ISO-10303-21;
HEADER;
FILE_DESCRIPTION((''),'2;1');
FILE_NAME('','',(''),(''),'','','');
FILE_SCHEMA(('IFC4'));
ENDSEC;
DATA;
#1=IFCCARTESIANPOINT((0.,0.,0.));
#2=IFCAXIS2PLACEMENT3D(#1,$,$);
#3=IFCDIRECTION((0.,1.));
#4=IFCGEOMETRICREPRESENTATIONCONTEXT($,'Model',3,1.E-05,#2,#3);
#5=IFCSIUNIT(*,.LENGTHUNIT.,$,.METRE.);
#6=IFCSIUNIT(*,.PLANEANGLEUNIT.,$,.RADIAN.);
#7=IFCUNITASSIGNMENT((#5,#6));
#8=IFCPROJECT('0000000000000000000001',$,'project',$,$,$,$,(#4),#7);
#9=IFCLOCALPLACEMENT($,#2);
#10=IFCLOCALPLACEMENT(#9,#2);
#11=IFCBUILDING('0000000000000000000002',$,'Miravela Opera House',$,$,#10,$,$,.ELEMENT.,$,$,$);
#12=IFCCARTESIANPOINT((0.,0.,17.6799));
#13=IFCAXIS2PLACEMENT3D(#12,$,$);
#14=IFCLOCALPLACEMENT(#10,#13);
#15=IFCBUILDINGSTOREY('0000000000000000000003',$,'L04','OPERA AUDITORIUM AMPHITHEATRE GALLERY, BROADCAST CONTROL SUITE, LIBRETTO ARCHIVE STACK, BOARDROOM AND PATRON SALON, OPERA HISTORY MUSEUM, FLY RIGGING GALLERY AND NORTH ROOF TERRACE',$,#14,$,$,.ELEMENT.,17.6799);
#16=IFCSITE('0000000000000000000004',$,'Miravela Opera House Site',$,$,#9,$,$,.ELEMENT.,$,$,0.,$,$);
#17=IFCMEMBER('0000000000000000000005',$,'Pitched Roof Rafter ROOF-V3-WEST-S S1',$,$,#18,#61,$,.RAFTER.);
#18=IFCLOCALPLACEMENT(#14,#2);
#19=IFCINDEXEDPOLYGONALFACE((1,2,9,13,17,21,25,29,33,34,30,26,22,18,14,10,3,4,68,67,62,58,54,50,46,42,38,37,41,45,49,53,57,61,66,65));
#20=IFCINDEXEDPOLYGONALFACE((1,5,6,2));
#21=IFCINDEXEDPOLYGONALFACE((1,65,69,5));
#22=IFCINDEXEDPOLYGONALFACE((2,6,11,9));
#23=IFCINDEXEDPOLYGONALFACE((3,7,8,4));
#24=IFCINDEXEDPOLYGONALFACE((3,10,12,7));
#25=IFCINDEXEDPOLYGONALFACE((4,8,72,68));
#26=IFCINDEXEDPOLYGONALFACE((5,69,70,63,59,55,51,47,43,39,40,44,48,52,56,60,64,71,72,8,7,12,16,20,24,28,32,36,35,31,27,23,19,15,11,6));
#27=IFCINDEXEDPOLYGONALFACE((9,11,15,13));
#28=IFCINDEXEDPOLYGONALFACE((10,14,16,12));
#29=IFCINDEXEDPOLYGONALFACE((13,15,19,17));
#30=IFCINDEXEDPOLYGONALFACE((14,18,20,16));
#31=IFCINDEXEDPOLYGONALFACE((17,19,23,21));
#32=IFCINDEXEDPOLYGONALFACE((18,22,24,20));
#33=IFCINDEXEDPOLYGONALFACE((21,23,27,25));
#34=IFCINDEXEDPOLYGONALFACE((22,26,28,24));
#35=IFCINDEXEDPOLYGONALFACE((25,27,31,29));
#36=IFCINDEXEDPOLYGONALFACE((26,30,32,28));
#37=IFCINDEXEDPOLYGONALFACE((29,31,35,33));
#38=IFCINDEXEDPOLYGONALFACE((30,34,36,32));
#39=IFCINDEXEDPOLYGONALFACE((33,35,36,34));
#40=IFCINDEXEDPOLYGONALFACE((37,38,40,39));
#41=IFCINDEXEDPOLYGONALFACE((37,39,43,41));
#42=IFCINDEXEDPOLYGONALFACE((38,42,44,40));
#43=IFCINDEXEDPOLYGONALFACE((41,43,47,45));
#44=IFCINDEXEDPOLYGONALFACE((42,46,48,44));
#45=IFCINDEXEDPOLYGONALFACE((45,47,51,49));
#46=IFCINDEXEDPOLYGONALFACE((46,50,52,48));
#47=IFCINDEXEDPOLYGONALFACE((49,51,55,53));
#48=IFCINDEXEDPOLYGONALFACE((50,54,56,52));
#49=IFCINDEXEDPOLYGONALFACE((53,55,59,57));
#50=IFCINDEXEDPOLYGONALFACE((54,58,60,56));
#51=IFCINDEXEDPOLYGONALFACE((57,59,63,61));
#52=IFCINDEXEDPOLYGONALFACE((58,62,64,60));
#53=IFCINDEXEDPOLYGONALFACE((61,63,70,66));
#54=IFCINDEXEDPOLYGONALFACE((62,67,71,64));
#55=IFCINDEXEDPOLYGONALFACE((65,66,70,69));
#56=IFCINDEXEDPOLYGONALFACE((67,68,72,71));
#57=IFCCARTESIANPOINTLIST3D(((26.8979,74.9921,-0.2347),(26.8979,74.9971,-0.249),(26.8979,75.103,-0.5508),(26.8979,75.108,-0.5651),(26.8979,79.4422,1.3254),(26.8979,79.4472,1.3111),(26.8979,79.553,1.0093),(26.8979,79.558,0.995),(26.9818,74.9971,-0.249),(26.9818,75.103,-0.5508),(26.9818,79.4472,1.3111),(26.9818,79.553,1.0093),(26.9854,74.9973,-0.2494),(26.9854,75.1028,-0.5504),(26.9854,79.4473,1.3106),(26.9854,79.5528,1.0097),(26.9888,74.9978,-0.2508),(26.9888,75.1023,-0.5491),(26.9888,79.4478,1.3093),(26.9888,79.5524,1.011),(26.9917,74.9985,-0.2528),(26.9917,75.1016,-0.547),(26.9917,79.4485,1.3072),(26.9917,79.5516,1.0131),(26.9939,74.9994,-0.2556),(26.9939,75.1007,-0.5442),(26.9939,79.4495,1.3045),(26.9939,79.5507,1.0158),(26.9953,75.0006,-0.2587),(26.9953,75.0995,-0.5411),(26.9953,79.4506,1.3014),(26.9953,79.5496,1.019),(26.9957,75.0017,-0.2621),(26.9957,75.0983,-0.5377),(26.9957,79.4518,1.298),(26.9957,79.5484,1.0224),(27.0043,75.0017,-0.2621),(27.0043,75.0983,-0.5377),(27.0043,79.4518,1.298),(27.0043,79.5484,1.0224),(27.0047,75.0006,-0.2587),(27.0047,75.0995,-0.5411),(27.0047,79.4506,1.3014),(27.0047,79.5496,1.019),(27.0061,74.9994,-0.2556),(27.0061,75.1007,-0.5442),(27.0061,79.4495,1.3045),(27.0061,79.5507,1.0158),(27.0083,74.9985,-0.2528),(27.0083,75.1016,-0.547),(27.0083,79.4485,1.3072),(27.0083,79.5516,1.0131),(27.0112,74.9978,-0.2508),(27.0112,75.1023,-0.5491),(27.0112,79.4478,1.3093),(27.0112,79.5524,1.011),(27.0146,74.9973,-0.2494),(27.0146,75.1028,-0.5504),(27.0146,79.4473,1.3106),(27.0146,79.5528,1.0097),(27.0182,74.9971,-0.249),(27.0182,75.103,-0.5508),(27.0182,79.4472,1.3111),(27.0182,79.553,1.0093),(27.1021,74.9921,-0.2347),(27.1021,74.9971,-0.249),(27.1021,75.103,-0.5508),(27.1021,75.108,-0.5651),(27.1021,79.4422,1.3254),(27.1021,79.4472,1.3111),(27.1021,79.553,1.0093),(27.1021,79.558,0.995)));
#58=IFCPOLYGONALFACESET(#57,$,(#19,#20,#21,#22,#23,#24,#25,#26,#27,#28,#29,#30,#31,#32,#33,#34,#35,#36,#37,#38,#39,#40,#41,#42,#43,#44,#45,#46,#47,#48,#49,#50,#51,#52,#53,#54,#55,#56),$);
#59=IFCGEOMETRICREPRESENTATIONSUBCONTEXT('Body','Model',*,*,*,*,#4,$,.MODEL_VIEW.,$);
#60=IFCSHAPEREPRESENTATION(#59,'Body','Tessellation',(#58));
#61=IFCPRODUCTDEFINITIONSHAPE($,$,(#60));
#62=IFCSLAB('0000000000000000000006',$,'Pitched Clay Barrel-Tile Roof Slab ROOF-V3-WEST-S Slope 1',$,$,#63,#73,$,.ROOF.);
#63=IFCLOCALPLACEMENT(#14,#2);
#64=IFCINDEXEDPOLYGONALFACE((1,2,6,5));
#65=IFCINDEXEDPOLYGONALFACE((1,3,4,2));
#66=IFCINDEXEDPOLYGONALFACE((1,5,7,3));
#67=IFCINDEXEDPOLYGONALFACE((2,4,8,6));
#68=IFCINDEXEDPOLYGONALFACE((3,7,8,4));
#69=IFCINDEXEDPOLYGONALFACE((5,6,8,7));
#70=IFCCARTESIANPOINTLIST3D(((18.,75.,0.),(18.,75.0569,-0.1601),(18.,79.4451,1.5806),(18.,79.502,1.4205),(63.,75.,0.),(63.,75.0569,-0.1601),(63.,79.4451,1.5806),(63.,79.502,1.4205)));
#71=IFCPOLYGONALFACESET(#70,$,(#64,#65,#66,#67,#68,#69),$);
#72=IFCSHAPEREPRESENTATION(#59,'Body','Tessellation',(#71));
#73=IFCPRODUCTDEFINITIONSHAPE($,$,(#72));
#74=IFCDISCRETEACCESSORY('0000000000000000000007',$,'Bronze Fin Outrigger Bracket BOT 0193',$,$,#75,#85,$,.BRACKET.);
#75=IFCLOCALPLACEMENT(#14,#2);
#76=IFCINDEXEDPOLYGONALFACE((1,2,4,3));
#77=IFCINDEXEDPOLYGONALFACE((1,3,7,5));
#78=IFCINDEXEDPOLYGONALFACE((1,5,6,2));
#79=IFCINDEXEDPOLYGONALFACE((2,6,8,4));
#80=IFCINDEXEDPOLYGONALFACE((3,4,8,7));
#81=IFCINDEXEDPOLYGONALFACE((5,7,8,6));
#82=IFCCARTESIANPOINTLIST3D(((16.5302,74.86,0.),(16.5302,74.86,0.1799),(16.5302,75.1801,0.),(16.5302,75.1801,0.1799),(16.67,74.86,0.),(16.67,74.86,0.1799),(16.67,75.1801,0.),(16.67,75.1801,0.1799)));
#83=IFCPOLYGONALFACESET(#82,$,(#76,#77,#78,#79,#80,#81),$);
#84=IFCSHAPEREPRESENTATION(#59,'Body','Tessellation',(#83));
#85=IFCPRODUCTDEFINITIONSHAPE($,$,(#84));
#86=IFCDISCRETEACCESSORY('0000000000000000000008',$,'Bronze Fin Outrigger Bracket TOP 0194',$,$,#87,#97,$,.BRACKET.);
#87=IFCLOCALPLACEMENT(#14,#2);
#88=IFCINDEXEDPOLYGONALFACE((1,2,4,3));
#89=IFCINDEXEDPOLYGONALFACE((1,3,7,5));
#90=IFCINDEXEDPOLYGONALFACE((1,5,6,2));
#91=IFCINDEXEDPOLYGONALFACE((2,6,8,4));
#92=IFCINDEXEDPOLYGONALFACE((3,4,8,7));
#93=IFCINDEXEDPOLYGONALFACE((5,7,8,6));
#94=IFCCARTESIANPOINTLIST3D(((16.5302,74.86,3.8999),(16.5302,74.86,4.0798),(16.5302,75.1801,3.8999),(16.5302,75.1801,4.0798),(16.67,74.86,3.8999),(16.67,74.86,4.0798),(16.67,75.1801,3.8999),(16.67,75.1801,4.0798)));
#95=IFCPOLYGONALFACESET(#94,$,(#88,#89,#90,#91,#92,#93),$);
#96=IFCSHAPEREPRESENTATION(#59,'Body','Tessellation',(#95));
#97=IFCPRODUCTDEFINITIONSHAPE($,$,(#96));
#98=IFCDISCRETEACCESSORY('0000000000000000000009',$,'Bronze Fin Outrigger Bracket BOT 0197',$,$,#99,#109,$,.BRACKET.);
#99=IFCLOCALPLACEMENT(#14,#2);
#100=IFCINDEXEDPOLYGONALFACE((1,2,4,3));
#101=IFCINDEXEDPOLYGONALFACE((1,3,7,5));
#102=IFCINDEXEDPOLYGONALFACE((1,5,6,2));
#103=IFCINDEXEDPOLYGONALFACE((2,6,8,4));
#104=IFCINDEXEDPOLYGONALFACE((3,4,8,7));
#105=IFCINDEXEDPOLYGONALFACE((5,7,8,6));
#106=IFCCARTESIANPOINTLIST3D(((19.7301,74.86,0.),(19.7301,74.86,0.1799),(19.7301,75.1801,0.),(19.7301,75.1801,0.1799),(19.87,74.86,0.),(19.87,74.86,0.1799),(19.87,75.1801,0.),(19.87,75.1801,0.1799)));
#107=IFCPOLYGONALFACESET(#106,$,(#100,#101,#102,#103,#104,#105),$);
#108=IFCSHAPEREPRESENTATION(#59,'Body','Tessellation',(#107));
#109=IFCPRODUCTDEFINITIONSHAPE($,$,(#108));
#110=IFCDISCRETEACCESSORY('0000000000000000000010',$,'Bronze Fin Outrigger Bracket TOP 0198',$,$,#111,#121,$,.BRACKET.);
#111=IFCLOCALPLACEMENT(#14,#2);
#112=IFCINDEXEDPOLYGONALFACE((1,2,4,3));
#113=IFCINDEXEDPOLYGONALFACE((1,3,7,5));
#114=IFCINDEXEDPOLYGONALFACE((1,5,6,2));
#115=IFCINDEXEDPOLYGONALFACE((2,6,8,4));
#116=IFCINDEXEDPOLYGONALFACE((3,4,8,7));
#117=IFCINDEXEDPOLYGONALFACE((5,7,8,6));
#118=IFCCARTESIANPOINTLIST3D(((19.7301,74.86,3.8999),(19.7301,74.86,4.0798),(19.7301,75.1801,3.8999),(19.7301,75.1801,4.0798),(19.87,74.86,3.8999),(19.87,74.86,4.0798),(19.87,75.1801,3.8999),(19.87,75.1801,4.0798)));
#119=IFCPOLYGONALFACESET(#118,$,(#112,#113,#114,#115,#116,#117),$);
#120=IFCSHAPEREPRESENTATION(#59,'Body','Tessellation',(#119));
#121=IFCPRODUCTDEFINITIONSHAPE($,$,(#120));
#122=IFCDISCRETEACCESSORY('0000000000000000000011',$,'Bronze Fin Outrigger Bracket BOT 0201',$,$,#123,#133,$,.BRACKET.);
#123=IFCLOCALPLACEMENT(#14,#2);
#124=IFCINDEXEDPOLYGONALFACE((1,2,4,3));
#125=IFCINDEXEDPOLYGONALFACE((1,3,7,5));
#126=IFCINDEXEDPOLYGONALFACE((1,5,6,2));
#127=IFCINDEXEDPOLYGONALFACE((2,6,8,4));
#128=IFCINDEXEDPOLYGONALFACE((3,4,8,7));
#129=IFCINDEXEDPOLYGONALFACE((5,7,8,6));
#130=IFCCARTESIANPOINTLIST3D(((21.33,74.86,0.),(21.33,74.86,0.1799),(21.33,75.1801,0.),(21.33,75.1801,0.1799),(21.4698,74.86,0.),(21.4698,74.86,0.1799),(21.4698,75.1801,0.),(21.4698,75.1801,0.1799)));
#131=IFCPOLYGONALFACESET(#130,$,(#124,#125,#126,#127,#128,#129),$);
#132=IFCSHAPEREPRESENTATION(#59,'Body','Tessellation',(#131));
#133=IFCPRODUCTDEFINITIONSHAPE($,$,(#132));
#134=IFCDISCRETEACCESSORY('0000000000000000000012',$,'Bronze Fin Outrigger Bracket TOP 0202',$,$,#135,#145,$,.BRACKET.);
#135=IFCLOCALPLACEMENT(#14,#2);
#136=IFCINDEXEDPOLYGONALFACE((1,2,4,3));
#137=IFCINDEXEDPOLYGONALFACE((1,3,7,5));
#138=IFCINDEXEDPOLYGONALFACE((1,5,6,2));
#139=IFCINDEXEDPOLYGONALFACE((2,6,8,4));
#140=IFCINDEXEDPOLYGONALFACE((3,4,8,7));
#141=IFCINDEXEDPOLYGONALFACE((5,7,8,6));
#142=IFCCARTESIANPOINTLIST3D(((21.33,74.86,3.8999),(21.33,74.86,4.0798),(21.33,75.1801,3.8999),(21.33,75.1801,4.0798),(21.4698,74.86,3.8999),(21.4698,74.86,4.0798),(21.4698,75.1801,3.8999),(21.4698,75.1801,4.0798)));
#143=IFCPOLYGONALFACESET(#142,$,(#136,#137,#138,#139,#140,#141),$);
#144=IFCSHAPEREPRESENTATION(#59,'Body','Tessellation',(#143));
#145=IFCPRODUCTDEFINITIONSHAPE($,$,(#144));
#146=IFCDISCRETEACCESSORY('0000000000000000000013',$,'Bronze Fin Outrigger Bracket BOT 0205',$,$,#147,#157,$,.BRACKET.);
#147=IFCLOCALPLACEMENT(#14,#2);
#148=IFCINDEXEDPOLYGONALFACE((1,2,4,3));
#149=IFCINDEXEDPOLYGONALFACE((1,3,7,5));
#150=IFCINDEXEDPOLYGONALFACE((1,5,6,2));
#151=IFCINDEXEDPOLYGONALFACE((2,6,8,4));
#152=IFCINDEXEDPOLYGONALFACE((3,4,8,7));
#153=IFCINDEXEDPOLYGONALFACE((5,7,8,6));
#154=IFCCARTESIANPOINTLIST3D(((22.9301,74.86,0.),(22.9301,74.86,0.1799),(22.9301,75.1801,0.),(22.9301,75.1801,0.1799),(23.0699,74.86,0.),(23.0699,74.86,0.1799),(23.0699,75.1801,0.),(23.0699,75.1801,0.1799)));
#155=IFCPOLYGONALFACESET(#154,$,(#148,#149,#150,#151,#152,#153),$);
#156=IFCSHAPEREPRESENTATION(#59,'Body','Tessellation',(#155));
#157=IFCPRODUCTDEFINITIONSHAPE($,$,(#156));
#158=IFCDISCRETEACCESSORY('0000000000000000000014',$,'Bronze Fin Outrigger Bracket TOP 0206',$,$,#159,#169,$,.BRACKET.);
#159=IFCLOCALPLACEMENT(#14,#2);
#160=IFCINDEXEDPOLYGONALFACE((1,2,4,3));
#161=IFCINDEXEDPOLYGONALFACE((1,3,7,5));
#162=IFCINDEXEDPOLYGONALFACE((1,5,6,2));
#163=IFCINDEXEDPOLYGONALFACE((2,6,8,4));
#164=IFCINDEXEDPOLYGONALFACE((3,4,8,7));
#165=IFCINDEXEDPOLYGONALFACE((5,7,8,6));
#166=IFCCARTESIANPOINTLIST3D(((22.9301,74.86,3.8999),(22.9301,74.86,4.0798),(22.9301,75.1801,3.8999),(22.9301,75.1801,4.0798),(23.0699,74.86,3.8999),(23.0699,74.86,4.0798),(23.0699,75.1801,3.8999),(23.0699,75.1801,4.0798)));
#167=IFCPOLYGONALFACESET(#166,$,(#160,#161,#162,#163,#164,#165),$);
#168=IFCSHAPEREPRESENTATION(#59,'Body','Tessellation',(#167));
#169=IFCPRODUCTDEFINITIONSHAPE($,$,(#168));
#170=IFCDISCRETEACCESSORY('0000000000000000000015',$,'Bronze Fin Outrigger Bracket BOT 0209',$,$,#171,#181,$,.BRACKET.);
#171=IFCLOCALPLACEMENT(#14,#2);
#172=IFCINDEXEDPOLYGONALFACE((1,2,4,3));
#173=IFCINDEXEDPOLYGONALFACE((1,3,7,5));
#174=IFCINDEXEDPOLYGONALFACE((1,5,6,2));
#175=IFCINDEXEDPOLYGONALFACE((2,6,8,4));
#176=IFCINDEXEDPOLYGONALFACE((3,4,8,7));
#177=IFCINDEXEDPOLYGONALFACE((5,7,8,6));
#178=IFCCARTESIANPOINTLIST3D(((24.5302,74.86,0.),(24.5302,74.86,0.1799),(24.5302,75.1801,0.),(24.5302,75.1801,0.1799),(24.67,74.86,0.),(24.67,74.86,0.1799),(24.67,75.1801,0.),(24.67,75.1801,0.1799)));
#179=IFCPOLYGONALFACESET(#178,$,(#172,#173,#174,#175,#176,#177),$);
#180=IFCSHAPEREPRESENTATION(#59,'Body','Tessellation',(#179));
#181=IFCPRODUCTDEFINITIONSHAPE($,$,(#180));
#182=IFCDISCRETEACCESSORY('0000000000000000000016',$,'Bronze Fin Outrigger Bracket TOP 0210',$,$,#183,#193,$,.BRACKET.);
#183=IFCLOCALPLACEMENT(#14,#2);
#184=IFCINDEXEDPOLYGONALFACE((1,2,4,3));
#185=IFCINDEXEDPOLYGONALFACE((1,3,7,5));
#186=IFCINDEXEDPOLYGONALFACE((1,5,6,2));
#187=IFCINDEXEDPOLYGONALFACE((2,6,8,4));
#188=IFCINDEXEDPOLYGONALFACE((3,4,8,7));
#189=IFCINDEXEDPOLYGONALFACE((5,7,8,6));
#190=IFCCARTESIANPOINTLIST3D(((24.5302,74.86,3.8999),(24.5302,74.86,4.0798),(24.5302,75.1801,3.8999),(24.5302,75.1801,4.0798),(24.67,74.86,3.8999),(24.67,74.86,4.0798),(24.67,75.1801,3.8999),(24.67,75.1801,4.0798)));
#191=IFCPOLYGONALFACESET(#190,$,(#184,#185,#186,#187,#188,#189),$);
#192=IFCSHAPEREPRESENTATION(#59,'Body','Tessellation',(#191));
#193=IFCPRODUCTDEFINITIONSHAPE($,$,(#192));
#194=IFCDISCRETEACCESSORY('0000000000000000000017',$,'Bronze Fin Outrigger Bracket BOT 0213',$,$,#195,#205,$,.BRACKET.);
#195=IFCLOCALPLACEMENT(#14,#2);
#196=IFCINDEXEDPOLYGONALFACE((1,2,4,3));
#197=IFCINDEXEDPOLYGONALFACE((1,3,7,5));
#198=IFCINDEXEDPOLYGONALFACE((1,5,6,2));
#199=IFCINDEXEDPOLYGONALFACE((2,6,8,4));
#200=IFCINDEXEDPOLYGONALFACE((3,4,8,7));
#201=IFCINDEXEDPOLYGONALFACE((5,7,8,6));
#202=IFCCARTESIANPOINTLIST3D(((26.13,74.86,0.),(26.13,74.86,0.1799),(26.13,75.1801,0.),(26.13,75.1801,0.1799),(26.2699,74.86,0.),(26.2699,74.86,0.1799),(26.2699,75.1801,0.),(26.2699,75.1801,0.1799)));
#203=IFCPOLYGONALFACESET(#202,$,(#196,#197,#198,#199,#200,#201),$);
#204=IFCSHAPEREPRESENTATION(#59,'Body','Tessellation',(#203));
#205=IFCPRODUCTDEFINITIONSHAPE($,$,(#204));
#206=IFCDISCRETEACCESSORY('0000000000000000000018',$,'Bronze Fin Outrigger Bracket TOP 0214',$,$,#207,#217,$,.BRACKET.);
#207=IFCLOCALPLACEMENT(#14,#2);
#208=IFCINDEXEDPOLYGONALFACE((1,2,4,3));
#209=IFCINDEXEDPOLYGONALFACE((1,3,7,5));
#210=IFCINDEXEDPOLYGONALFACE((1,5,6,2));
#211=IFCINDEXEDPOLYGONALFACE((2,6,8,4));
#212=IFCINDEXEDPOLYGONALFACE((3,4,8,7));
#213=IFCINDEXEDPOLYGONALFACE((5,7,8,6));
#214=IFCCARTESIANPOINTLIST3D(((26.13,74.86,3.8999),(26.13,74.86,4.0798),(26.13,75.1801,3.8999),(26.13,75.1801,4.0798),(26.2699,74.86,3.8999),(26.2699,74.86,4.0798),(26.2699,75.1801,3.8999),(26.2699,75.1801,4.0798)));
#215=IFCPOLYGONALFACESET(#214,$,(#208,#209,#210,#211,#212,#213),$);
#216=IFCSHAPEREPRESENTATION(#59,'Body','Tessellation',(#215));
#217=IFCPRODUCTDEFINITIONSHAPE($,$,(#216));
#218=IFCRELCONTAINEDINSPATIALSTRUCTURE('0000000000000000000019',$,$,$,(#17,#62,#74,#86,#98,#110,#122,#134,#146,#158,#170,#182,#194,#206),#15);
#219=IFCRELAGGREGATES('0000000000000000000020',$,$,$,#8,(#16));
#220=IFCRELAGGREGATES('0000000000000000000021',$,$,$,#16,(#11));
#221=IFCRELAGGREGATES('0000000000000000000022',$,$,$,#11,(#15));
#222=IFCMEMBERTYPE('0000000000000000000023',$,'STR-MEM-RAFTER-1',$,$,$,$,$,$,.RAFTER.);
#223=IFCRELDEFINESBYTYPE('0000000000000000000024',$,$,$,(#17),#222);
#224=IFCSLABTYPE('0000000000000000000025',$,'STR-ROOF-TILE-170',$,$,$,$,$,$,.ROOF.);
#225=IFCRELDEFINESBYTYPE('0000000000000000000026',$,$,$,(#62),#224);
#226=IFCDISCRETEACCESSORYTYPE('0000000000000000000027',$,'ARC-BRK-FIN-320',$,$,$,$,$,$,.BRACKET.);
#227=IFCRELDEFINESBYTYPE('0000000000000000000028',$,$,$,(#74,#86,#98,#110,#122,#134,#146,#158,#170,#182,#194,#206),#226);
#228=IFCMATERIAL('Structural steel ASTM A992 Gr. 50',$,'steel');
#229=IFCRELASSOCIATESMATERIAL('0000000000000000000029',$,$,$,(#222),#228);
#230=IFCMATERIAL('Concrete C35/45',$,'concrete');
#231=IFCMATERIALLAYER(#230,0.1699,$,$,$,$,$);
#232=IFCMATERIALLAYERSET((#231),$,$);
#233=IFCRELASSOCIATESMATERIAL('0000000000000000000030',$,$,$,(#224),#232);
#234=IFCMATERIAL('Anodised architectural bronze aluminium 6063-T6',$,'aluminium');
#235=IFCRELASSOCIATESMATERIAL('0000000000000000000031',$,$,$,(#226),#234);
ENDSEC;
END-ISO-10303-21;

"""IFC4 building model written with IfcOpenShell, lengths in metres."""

from ifc_helpers import new_model, si_unit, direction, frame, origin, origin_2d, place, context, subcontext, project, spatial, polyline, rectangle, i_section, outline, extrude, material, layer, layer_set, material_profile, profile_set, type_object, element, save


model = new_model("IFC4")

# Units and contexts
model_context = context("Model", 3, precision=1e-05, world=origin(), true_north=direction((0.0, 1.0)))
body_context = subcontext(model_context, "Body", "Model", "MODEL_VIEW")
ifc_project = project(units=[si_unit("LENGTHUNIT", "METRE"), si_unit("PLANEANGLEUNIT", "RADIAN")], contexts=[model_context])

# Site, building, storey
site_placement = place(None, origin())
site = spatial("IfcSite", under=ifc_project, at=site_placement, Name="Miravela Opera House Site", CompositionType="ELEMENT", RefElevation=0.0)
building_placement = place(site_placement, origin())
building = spatial("IfcBuilding", under=site, at=building_placement, Name="Miravela Opera House", CompositionType="ELEMENT")
storey_placement = place(building_placement, frame((0.0, 0.0, 17.6799)))
storey = spatial("IfcBuildingStorey", under=building, at=storey_placement, Name="L04", Description="OPERA AUDITORIUM AMPHITHEATRE GALLERY, BROADCAST CONTROL SUITE, LIBRETTO ARCHIVE STACK, BOARDROOM AND PATRON SALON, OPERA HISTORY MUSEUM, FLY RIGGING GALLERY AND NORTH ROOF TERRACE", CompositionType="ELEMENT", Elevation=17.6799)

# Shared definitions
ifc_material_1 = material(Name="Concrete C35/45", Category="concrete")

# Shared definitions
ifc_material_2 = material(Name="Anodised architectural bronze aluminium 6063-T6", Category="aluminium")

# Shared definitions
ifc_material_3 = material(Name="Structural steel ASTM A992 Gr. 50", Category="steel")

# Member
ifc_material_profile_1 = material_profile(ifc_material_3, i_section(OverallWidth=0.2041, OverallDepth=0.3501, WebThickness=0.0085, FlangeThickness=0.0151, FilletRadius=0.0139, at=origin_2d()), Name="W360X72")
ifc_profile_set_1 = profile_set([ifc_material_profile_1])
member_type_1 = type_object("IfcMemberType", Name="STR-MEM-RAFTER-1", PredefinedType="RAFTER", material=ifc_profile_set_1)
for number, where, z_axis, x_axis, name in (
    (1, (27.0, 75.05, -0.3999), (0.0, 0.943688, 0.330837), (-1.0, 0.0, 0.0), "Pitched Roof Rafter ROOF-V3-WEST-S S1"),
):
    element("IfcMember", number, at=place(storey_placement, frame(where, z_axis=z_axis, x_axis=x_axis)), inside=storey, type_object=member_type_1, Name=name, PredefinedType="RAFTER", context=body_context, shape_type="SweptSolid", body=[
        extrude(i_section(OverallWidth=0.2041, OverallDepth=0.3501, WebThickness=0.0085, FlangeThickness=0.0151, FilletRadius=0.0139, at=origin_2d()), origin(), (0.0, 0.0, 1.0), 4.7156),
    ])

# Slab
ifc_layer = layer(ifc_material_1, 0.1699)
ifc_layer_set = layer_set([ifc_layer])
slab_type = type_object("IfcSlabType", Name="STR-ROOF-TILE-170", PredefinedType="ROOF", material=ifc_layer_set)
slab_placement = place(storey_placement, frame((18.0, 75.0, 0.0), z_axis=(0.0, -0.335028, 0.942208), x_axis=(1.0, 0.0, 0.0)))
element("IfcSlab", 2, at=slab_placement, inside=storey, type_object=slab_type, Name="Pitched Clay Barrel-Tile Roof Slab ROOF-V3-WEST-S Slope 1", PredefinedType="ROOF", context=body_context, shape_type="SweptSolid", body=[
    extrude(outline(polyline([(0.0, 0.0), (45.0, 0.0), (45.0, 4.7177), (0.0, 4.7177), (0.0, 0.0)])), origin(), (0.0, 0.0, -1.0), 0.1699),
])

# Discrete accessories
discrete_accessory_type = type_object("IfcDiscreteAccessoryType", Name="ARC-BRK-FIN-320", PredefinedType="BRACKET", material=ifc_material_2)
for number, where, z_axis, x_axis, name in (
    (3, (16.6001, 75.02, 0.0), (0.0, 0.0, 1.0), (0.0, 1.0, 0.0), "Bronze Fin Outrigger Bracket BOT 0193"),
    (4, (16.6001, 75.02, 3.8999), (0.0, 0.0, 1.0), (0.0, 1.0, 0.0), "Bronze Fin Outrigger Bracket TOP 0194"),
    (5, (19.8, 75.02, 0.0), (0.0, 0.0, 1.0), (0.0, 1.0, 0.0), "Bronze Fin Outrigger Bracket BOT 0197"),
    (6, (19.8, 75.02, 3.8999), (0.0, 0.0, 1.0), (0.0, 1.0, 0.0), "Bronze Fin Outrigger Bracket TOP 0198"),
    (7, (21.3999, 75.02, 0.0), (0.0, 0.0, 1.0), (0.0, 1.0, 0.0), "Bronze Fin Outrigger Bracket BOT 0201"),
    (8, (21.3999, 75.02, 3.8999), (0.0, 0.0, 1.0), (0.0, 1.0, 0.0), "Bronze Fin Outrigger Bracket TOP 0202"),
    (9, (23.0, 75.02, 0.0), (0.0, 0.0, 1.0), (0.0, 1.0, 0.0), "Bronze Fin Outrigger Bracket BOT 0205"),
    (10, (23.0, 75.02, 3.8999), (0.0, 0.0, 1.0), (0.0, 1.0, 0.0), "Bronze Fin Outrigger Bracket TOP 0206"),
    (11, (24.6001, 75.02, 0.0), (0.0, 0.0, 1.0), (0.0, 1.0, 0.0), "Bronze Fin Outrigger Bracket BOT 0209"),
    (12, (24.6001, 75.02, 3.8999), (0.0, 0.0, 1.0), (0.0, 1.0, 0.0), "Bronze Fin Outrigger Bracket TOP 0210"),
    (13, (26.2, 75.02, 0.0), (0.0, 0.0, 1.0), (0.0, 1.0, 0.0), "Bronze Fin Outrigger Bracket BOT 0213"),
    (14, (26.2, 75.02, 3.8999), (0.0, 0.0, 1.0), (0.0, 1.0, 0.0), "Bronze Fin Outrigger Bracket TOP 0214"),
):
    element("IfcDiscreteAccessory", number, at=place(storey_placement, frame(where, z_axis=z_axis, x_axis=x_axis)), inside=storey, type_object=discrete_accessory_type, Name=name, PredefinedType="BRACKET", context=body_context, shape_type="SweptSolid", body=[
        extrude(rectangle(XDim=0.3201, YDim=0.1399, at=origin_2d()), origin(), (0.0, 0.0, 1.0), 0.1799),
    ])

save(model, "model.ifc")
